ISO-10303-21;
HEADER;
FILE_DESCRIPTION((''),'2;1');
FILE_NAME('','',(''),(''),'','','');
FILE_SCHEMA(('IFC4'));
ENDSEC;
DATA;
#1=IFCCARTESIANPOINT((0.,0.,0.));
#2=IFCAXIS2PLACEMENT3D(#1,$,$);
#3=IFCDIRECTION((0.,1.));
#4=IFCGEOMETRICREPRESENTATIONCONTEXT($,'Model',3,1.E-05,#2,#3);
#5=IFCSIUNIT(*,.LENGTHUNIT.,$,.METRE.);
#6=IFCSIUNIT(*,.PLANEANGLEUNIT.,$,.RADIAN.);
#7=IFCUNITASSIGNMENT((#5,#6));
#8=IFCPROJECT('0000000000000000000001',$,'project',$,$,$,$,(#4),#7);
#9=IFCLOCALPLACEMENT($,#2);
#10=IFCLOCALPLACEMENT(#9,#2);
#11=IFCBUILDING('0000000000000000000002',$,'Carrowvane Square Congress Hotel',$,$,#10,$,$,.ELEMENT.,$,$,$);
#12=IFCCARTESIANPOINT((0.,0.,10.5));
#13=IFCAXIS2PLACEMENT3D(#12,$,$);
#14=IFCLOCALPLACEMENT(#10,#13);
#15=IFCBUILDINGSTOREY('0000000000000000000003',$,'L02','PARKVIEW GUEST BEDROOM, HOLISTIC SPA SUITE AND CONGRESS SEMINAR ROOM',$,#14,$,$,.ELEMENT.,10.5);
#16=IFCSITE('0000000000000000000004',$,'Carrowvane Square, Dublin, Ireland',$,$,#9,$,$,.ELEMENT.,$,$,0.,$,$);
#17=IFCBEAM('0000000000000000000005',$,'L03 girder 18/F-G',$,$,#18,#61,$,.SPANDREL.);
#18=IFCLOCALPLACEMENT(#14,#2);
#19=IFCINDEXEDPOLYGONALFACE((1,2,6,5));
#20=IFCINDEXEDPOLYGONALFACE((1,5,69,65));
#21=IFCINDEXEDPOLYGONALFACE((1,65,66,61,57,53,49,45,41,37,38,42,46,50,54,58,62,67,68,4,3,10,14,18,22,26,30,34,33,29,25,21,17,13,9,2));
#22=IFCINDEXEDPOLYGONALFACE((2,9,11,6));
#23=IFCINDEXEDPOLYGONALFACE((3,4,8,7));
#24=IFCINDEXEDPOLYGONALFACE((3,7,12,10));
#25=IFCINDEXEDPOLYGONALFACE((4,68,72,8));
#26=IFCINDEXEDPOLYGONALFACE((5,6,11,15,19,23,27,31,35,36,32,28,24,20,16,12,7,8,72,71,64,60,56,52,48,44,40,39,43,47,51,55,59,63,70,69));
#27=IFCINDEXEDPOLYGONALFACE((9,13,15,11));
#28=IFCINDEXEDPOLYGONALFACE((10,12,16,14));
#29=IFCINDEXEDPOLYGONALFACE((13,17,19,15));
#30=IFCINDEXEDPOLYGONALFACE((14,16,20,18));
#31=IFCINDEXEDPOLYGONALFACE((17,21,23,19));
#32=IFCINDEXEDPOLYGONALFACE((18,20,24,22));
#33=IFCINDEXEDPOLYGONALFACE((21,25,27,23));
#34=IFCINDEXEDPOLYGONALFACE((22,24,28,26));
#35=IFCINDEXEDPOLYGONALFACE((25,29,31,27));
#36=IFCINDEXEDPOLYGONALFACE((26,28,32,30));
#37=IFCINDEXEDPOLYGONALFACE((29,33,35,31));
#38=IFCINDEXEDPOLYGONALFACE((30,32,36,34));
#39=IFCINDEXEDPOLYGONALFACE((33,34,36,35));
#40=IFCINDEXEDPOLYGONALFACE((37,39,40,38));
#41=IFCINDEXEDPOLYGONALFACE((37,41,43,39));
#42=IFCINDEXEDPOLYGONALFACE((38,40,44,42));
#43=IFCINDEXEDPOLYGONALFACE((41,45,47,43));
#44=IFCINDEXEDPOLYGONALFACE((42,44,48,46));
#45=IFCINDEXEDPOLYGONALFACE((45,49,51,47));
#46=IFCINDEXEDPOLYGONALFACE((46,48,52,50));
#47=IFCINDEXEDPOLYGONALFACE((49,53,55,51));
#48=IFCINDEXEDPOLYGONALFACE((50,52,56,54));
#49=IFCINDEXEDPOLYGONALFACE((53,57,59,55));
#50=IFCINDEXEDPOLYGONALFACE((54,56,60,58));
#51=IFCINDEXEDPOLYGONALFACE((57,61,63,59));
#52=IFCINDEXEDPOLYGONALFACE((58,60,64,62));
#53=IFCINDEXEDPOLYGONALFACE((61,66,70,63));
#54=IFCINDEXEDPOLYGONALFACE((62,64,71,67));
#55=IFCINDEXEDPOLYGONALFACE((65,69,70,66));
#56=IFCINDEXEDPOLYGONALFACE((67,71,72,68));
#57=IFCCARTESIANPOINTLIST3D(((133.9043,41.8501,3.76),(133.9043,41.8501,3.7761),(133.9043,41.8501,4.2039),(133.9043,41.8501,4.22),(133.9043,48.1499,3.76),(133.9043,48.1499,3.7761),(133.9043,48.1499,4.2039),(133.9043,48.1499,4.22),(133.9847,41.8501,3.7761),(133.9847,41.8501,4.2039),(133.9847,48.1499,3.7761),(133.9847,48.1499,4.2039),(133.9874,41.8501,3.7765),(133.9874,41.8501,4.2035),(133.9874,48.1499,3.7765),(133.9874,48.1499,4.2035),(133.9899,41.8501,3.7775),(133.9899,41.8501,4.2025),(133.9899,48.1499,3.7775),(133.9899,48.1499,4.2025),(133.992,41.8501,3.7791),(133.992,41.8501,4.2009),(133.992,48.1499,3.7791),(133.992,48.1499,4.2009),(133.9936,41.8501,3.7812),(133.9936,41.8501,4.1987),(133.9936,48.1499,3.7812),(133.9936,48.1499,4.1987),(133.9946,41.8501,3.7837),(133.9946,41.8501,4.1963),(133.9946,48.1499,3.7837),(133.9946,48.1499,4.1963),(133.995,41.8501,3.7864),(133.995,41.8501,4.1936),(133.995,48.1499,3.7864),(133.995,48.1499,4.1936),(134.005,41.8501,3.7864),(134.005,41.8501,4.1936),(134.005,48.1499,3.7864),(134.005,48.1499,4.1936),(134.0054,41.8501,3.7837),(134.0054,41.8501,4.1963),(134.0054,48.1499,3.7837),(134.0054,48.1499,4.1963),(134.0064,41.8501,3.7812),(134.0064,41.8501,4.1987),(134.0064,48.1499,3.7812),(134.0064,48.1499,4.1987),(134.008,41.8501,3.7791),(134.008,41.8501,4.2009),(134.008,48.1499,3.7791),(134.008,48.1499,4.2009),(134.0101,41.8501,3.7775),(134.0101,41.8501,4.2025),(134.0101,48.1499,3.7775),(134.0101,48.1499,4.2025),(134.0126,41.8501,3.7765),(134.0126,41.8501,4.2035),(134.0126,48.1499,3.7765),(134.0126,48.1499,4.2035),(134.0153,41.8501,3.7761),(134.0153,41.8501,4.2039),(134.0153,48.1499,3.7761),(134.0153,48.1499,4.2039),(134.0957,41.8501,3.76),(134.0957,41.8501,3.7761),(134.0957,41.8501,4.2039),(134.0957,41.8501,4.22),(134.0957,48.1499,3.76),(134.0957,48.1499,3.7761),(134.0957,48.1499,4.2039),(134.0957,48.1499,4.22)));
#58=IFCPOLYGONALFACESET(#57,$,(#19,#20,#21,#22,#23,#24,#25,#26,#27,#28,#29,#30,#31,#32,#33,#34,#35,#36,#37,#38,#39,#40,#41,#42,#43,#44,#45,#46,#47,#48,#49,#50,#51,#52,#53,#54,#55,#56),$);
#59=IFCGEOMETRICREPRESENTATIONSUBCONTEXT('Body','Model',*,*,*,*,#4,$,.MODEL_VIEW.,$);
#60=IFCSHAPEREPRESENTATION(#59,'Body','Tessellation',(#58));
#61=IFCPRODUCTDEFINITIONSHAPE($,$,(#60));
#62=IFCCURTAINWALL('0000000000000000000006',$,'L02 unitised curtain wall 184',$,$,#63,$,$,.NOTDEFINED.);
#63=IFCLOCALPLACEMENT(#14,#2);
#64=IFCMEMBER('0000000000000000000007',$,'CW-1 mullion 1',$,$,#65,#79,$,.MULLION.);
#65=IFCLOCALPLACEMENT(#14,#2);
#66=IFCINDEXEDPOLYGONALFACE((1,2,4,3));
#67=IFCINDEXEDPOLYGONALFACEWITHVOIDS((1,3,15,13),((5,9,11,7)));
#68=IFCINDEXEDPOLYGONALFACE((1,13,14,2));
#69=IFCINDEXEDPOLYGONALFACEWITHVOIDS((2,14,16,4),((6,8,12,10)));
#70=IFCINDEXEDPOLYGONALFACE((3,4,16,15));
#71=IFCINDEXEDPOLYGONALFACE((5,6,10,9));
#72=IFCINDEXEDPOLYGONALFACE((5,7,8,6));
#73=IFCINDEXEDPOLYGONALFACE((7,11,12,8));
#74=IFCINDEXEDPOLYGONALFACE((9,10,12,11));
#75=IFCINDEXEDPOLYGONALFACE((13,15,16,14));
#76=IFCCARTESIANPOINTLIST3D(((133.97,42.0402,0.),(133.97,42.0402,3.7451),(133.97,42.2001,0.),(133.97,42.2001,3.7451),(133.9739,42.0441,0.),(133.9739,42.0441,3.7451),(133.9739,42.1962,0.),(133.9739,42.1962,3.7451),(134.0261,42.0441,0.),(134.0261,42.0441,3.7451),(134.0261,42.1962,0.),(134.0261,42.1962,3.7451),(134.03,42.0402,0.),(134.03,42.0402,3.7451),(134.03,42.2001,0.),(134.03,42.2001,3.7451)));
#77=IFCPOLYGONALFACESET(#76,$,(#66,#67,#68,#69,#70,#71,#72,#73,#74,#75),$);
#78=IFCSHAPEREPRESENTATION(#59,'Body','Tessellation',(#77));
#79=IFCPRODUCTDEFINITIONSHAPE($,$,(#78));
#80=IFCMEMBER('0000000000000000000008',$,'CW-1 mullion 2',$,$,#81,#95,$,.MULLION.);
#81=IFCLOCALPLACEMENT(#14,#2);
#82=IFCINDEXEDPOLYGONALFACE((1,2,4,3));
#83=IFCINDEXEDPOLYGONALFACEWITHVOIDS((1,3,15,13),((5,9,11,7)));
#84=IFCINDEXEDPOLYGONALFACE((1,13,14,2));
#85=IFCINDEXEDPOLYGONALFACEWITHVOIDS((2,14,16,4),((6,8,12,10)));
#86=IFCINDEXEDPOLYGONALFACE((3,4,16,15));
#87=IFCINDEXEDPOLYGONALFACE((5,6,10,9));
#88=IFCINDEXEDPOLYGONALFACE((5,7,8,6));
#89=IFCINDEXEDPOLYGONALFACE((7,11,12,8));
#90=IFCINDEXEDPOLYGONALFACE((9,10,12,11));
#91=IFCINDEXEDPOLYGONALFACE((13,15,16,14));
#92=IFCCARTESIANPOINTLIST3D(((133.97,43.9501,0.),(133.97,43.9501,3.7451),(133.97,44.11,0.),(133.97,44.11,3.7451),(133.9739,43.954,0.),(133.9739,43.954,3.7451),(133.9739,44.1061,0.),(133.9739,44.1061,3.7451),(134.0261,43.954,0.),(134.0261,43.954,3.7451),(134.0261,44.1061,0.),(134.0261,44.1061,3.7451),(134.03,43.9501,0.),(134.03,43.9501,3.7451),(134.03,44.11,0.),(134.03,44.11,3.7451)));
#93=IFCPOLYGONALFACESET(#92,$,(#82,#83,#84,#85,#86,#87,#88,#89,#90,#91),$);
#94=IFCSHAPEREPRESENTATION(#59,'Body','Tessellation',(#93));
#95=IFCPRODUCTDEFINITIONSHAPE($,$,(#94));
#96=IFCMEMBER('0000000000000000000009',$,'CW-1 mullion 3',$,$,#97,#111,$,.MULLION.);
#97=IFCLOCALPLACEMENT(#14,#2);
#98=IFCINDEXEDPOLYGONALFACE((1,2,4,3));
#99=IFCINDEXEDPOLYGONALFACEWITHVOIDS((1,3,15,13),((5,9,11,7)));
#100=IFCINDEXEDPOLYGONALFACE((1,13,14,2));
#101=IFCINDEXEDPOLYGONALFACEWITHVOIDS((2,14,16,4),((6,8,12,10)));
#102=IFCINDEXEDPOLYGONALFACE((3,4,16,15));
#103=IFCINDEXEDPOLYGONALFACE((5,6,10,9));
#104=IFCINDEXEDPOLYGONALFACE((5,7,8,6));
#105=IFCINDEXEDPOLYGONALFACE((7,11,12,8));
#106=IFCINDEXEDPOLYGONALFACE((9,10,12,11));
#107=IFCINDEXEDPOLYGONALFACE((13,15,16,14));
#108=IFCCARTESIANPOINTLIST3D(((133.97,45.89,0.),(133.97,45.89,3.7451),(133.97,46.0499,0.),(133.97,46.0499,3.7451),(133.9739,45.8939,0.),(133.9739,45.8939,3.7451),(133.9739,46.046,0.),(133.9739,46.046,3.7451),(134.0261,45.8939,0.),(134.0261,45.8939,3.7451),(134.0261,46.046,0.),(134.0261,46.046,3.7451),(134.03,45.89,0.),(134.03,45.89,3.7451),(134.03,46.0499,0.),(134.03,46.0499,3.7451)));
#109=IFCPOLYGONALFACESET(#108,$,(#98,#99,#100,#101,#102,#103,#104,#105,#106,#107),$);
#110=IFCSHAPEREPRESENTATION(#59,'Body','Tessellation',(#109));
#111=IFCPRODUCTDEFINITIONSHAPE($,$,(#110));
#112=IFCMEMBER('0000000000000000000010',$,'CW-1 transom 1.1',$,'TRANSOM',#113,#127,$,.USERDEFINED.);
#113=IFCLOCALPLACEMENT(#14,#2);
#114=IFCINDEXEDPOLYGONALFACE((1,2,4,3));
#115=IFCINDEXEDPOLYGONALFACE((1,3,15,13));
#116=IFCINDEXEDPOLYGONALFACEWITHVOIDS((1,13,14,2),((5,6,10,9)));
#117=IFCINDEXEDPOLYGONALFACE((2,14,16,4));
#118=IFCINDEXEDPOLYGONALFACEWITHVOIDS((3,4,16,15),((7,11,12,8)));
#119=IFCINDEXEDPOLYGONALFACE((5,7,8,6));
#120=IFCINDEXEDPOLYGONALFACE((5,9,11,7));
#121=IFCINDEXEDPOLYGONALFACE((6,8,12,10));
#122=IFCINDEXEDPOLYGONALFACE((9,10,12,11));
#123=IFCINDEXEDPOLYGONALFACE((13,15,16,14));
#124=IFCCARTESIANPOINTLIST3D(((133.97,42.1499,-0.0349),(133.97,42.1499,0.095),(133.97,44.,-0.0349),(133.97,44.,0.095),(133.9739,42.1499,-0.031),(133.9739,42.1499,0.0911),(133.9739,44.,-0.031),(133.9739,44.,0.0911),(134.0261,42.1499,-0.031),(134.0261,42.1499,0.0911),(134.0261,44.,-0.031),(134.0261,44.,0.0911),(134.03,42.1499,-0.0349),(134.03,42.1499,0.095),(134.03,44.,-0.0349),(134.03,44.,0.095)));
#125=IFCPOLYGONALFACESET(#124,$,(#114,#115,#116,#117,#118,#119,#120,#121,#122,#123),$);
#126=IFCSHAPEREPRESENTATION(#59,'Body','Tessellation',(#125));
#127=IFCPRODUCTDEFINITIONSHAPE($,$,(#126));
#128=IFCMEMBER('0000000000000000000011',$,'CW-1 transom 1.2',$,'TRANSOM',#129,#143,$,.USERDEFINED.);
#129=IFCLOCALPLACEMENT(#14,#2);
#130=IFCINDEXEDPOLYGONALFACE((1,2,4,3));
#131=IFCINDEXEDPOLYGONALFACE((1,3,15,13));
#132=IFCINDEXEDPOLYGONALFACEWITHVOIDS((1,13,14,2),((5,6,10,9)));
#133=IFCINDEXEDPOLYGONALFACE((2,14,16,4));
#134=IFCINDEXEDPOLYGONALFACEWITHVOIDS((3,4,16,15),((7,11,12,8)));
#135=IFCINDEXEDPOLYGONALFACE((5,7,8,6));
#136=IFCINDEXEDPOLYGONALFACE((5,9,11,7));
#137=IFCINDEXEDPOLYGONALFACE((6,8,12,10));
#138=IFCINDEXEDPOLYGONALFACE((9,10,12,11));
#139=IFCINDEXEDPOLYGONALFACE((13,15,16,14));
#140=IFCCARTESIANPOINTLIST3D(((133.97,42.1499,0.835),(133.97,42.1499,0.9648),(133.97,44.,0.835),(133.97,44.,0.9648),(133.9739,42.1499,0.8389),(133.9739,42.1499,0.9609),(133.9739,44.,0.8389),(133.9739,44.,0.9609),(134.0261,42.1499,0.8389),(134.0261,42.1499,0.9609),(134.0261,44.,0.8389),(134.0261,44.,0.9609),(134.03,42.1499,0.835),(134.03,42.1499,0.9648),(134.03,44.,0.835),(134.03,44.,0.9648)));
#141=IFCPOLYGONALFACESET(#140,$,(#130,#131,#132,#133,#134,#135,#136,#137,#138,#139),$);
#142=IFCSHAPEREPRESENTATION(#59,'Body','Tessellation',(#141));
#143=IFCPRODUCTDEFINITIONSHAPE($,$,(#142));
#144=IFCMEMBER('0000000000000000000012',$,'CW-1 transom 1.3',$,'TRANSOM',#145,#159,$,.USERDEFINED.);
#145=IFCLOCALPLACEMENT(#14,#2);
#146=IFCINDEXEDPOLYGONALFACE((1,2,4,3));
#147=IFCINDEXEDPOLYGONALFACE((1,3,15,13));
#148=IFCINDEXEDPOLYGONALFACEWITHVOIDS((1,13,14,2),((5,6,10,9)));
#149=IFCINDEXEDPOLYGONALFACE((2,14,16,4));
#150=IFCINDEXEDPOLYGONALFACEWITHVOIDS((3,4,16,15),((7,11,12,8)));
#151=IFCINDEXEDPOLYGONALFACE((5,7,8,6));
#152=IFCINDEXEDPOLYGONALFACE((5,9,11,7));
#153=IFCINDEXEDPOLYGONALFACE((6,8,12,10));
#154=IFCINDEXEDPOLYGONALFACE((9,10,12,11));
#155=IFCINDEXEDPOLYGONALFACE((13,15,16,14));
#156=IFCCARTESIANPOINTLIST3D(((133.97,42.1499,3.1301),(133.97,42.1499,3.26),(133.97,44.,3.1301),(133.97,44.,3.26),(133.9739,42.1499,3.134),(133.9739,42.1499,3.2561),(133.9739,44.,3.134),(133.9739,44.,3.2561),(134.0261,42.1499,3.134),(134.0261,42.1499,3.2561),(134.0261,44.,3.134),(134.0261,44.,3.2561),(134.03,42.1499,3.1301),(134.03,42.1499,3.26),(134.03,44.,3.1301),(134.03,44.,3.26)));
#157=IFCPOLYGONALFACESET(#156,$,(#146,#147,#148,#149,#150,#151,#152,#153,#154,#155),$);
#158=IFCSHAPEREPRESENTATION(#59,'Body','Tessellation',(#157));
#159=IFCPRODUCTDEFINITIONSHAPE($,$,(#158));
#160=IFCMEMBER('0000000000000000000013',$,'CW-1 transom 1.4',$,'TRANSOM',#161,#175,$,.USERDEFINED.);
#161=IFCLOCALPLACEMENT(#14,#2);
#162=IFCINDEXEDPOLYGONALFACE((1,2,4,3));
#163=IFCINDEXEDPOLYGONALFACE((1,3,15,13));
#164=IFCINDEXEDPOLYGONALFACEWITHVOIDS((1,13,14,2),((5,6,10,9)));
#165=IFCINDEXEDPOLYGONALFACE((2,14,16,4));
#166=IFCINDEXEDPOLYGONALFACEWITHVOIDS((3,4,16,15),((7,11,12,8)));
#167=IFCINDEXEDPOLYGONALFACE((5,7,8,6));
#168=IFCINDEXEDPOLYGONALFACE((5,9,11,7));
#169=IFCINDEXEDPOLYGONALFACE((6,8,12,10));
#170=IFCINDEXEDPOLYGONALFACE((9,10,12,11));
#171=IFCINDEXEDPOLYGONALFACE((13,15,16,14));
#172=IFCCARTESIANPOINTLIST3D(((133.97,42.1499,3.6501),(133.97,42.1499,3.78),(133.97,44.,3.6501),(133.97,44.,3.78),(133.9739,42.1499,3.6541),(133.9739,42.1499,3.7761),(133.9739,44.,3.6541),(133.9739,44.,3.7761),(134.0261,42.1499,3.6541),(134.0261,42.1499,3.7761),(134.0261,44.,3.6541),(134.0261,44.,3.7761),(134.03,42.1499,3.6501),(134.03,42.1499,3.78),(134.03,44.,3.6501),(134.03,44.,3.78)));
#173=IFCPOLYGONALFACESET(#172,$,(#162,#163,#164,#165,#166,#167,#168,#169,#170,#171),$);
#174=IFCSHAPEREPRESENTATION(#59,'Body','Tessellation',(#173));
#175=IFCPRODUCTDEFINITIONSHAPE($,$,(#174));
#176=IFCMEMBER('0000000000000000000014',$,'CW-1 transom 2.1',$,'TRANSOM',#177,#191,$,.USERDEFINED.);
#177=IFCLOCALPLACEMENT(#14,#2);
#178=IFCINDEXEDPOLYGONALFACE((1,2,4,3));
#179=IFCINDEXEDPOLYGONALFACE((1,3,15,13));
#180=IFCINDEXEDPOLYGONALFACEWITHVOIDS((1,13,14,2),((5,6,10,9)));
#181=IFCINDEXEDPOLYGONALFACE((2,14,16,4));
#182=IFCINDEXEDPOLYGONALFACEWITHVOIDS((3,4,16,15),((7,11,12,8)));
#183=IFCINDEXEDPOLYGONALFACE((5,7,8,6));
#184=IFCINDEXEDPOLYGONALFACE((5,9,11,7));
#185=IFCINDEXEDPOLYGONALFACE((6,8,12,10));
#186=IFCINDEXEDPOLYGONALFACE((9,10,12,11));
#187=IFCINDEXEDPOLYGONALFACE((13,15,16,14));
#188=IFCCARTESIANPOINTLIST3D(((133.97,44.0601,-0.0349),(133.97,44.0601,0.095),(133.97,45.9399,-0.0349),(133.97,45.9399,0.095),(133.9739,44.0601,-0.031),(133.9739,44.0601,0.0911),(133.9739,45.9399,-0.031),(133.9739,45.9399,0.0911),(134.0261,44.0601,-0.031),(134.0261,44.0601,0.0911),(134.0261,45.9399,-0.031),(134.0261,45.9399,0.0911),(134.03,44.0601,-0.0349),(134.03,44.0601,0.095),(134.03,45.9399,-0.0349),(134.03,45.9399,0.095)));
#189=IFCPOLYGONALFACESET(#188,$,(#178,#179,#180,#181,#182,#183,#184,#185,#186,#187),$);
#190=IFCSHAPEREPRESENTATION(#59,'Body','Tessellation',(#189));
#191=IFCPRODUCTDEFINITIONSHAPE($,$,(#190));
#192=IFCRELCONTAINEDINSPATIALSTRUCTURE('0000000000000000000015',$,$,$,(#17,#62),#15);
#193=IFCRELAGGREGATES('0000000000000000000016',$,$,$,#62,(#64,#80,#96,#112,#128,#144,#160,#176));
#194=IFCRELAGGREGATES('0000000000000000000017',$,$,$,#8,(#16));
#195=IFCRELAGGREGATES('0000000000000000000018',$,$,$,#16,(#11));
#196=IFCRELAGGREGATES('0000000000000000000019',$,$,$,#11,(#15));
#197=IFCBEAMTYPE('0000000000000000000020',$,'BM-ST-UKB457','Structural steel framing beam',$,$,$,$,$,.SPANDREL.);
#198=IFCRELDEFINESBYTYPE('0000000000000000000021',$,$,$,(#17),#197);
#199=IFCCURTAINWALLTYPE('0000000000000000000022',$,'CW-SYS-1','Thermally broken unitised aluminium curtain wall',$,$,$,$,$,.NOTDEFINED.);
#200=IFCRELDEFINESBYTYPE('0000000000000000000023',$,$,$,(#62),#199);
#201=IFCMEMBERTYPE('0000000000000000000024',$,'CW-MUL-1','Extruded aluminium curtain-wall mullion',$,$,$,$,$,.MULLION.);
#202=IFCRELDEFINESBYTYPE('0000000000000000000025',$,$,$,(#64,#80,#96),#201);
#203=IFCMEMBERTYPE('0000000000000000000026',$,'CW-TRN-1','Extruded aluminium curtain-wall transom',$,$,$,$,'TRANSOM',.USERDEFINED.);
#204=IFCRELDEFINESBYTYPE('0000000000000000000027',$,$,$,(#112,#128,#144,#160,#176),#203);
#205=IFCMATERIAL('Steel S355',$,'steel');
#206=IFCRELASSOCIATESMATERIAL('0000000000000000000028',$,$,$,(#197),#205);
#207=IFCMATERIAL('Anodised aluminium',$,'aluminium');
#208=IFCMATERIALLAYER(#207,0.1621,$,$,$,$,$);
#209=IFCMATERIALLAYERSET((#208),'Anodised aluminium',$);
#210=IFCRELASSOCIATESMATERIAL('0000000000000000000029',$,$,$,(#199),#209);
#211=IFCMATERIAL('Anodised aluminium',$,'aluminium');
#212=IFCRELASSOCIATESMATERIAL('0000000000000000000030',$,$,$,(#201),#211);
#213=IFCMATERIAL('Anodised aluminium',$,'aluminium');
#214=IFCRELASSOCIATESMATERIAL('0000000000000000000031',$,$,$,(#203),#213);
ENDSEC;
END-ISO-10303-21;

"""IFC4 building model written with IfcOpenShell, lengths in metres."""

from ifc_helpers import new_model, si_unit, direction, frame, origin, origin_2d, place, context, subcontext, project, spatial, hollow_rectangle, i_section, extrude, material, layer, layer_set, material_profile, profile_set, type_object, element, aggregate, save


model = new_model("IFC4")

# Units and contexts
model_context = context("Model", 3, precision=1e-05, world=origin(), true_north=direction((0.0, 1.0)))
body_context = subcontext(model_context, "Body", "Model", "MODEL_VIEW")
ifc_project = project(units=[si_unit("LENGTHUNIT", "METRE"), si_unit("PLANEANGLEUNIT", "RADIAN")], contexts=[model_context])

# Site, building, storey
site_placement = place(None, origin())
site = spatial("IfcSite", under=ifc_project, at=site_placement, Name="Carrowvane Square, Dublin, Ireland", CompositionType="ELEMENT", RefElevation=0.0)
building_placement = place(site_placement, origin())
building = spatial("IfcBuilding", under=site, at=building_placement, Name="Carrowvane Square Congress Hotel", CompositionType="ELEMENT")
storey_placement = place(building_placement, frame((0.0, 0.0, 10.5)))
storey = spatial("IfcBuildingStorey", under=building, at=storey_placement, Name="L02", Description="PARKVIEW GUEST BEDROOM, HOLISTIC SPA SUITE AND CONGRESS SEMINAR ROOM", CompositionType="ELEMENT", Elevation=10.5)

# Beam
ifc_material_1 = material(Name="Steel S355", Category="steel")
ifc_material_profile_1 = material_profile(ifc_material_1, i_section(OverallWidth=0.1914, OverallDepth=0.46, WebThickness=0.01, FlangeThickness=0.0161, FilletRadius=0.0103, at=origin_2d()), Name="UKB 457x191x82")
ifc_profile_set_1 = profile_set([ifc_material_profile_1], Name="Steel S355")
beam_type = type_object("IfcBeamType", Name="BM-ST-UKB457", Description="Structural steel framing beam", PredefinedType="SPANDREL", material=ifc_profile_set_1)
beam_placement = place(storey_placement, frame((134.0, 41.8501, 3.99), z_axis=(0.0, 1.0, 0.0), x_axis=(-1.0, 0.0, 0.0)))
element("IfcBeam", 1, at=beam_placement, inside=storey, type_object=beam_type, Name="L03 girder 18/F-G", PredefinedType="SPANDREL", context=body_context, shape_type="SweptSolid", body=[
    extrude(i_section(OverallWidth=0.1914, OverallDepth=0.46, WebThickness=0.01, FlangeThickness=0.0161, FilletRadius=0.0103, at=origin_2d()), origin(), (0.0, 0.0, 1.0), 6.2998),
])

# Curtain wall, members
ifc_material_2 = material(Name="Anodised aluminium", Category="aluminium")
ifc_layer_1 = layer(ifc_material_2, 0.1621)
ifc_layer_set_1 = layer_set([ifc_layer_1], Name="Anodised aluminium")
curtain_wall_type = type_object("IfcCurtainWallType", Name="CW-SYS-1", Description="Thermally broken unitised aluminium curtain wall", PredefinedType="NOTDEFINED", material=ifc_layer_set_1)
curtain_wall_placement = place(storey_placement, origin())
curtain_wall = element("IfcCurtainWall", 2, at=curtain_wall_placement, inside=storey, type_object=curtain_wall_type, Name="L02 unitised curtain wall 184", PredefinedType="NOTDEFINED")
ifc_material_3 = material(Name="Anodised aluminium", Category="aluminium")
ifc_material_profile_2 = material_profile(ifc_material_3, hollow_rectangle(XDim=0.0601, YDim=0.1599, WallThickness=0.0039, at=origin_2d()), Name="CW-ML 60x160x4")
ifc_profile_set_2 = profile_set([ifc_material_profile_2], Name="Anodised aluminium")
member_type_1 = type_object("IfcMemberType", Name="CW-MUL-1", Description="Extruded aluminium curtain-wall mullion", PredefinedType="MULLION", material=ifc_profile_set_2)
member_1_placement = place(storey_placement, frame((134.0, 42.1201, 0.0), z_axis=(0.0, 0.0, 1.0), x_axis=(-1.0, 0.0, 0.0)))
member_1 = element("IfcMember", 3, at=member_1_placement, type_object=member_type_1, Name="CW-1 mullion 1", PredefinedType="MULLION", context=body_context, shape_type="SweptSolid", body=[
    extrude(hollow_rectangle(XDim=0.0601, YDim=0.1599, WallThickness=0.0039, at=origin_2d()), origin(), (0.0, 0.0, 1.0), 3.7451),
])
member_2_placement = place(storey_placement, frame((134.0, 44.03, 0.0), z_axis=(0.0, 0.0, 1.0), x_axis=(-1.0, 0.0, 0.0)))
member_2 = element("IfcMember", 4, at=member_2_placement, type_object=member_type_1, Name="CW-1 mullion 2", PredefinedType="MULLION", context=body_context, shape_type="SweptSolid", body=[
    extrude(hollow_rectangle(XDim=0.0601, YDim=0.1599, WallThickness=0.0039, at=origin_2d()), origin(), (0.0, 0.0, 1.0), 3.7451),
])
member_3_placement = place(storey_placement, frame((134.0, 45.97, 0.0), z_axis=(0.0, 0.0, 1.0), x_axis=(-1.0, 0.0, 0.0)))
member_3 = element("IfcMember", 5, at=member_3_placement, type_object=member_type_1, Name="CW-1 mullion 3", PredefinedType="MULLION", context=body_context, shape_type="SweptSolid", body=[
    extrude(hollow_rectangle(XDim=0.0601, YDim=0.1599, WallThickness=0.0039, at=origin_2d()), origin(), (0.0, 0.0, 1.0), 3.7451),
])
ifc_material_4 = material(Name="Anodised aluminium", Category="aluminium")
ifc_material_profile_3 = material_profile(ifc_material_4, hollow_rectangle(XDim=0.0601, YDim=0.1299, WallThickness=0.0039, at=origin_2d()), Name="CW-TR 60x130x4")
ifc_profile_set_3 = profile_set([ifc_material_profile_3], Name="Anodised aluminium")
member_type_2 = type_object("IfcMemberType", Name="CW-TRN-1", Description="Extruded aluminium curtain-wall transom", ElementType="TRANSOM", PredefinedType="USERDEFINED", material=ifc_profile_set_3)
member_4_placement = place(storey_placement, frame((134.0, 42.1499, 0.03), z_axis=(0.0, 1.0, 0.0), x_axis=(-1.0, 0.0, 0.0)))
member_4 = element("IfcMember", 6, at=member_4_placement, type_object=member_type_2, Name="CW-1 transom 1.1", ObjectType="TRANSOM", PredefinedType="USERDEFINED", context=body_context, shape_type="SweptSolid", body=[
    extrude(hollow_rectangle(XDim=0.0601, YDim=0.1299, WallThickness=0.0039, at=origin_2d()), origin(), (0.0, 0.0, 1.0), 1.8501),
])
member_5_placement = place(storey_placement, frame((134.0, 42.1499, 0.8999), z_axis=(0.0, 1.0, 0.0), x_axis=(-1.0, 0.0, 0.0)))
member_5 = element("IfcMember", 7, at=member_5_placement, type_object=member_type_2, Name="CW-1 transom 1.2", ObjectType="TRANSOM", PredefinedType="USERDEFINED", context=body_context, shape_type="SweptSolid", body=[
    extrude(hollow_rectangle(XDim=0.0601, YDim=0.1299, WallThickness=0.0039, at=origin_2d()), origin(), (0.0, 0.0, 1.0), 1.8501),
])
member_6_placement = place(storey_placement, frame((134.0, 42.1499, 3.1951), z_axis=(0.0, 1.0, 0.0), x_axis=(-1.0, 0.0, 0.0)))
member_6 = element("IfcMember", 8, at=member_6_placement, type_object=member_type_2, Name="CW-1 transom 1.3", ObjectType="TRANSOM", PredefinedType="USERDEFINED", context=body_context, shape_type="SweptSolid", body=[
    extrude(hollow_rectangle(XDim=0.0601, YDim=0.1299, WallThickness=0.0039, at=origin_2d()), origin(), (0.0, 0.0, 1.0), 1.8501),
])
member_7_placement = place(storey_placement, frame((134.0, 42.1499, 3.7151), z_axis=(0.0, 1.0, 0.0), x_axis=(-1.0, 0.0, 0.0)))
member_7 = element("IfcMember", 9, at=member_7_placement, type_object=member_type_2, Name="CW-1 transom 1.4", ObjectType="TRANSOM", PredefinedType="USERDEFINED", context=body_context, shape_type="SweptSolid", body=[
    extrude(hollow_rectangle(XDim=0.0601, YDim=0.1299, WallThickness=0.0039, at=origin_2d()), origin(), (0.0, 0.0, 1.0), 1.8501),
])
member_8_placement = place(storey_placement, frame((134.0, 44.0601, 0.03), z_axis=(0.0, 1.0, 0.0), x_axis=(-1.0, 0.0, 0.0)))
member_8 = element("IfcMember", 10, at=member_8_placement, type_object=member_type_2, Name="CW-1 transom 2.1", ObjectType="TRANSOM", PredefinedType="USERDEFINED", context=body_context, shape_type="SweptSolid", body=[
    extrude(hollow_rectangle(XDim=0.0601, YDim=0.1299, WallThickness=0.0039, at=origin_2d()), origin(), (0.0, 0.0, 1.0), 1.8799),
])
aggregate(curtain_wall, [member_1, member_2, member_3, member_4, member_5, member_6, member_7, member_8])

save(model, "model.ifc")
